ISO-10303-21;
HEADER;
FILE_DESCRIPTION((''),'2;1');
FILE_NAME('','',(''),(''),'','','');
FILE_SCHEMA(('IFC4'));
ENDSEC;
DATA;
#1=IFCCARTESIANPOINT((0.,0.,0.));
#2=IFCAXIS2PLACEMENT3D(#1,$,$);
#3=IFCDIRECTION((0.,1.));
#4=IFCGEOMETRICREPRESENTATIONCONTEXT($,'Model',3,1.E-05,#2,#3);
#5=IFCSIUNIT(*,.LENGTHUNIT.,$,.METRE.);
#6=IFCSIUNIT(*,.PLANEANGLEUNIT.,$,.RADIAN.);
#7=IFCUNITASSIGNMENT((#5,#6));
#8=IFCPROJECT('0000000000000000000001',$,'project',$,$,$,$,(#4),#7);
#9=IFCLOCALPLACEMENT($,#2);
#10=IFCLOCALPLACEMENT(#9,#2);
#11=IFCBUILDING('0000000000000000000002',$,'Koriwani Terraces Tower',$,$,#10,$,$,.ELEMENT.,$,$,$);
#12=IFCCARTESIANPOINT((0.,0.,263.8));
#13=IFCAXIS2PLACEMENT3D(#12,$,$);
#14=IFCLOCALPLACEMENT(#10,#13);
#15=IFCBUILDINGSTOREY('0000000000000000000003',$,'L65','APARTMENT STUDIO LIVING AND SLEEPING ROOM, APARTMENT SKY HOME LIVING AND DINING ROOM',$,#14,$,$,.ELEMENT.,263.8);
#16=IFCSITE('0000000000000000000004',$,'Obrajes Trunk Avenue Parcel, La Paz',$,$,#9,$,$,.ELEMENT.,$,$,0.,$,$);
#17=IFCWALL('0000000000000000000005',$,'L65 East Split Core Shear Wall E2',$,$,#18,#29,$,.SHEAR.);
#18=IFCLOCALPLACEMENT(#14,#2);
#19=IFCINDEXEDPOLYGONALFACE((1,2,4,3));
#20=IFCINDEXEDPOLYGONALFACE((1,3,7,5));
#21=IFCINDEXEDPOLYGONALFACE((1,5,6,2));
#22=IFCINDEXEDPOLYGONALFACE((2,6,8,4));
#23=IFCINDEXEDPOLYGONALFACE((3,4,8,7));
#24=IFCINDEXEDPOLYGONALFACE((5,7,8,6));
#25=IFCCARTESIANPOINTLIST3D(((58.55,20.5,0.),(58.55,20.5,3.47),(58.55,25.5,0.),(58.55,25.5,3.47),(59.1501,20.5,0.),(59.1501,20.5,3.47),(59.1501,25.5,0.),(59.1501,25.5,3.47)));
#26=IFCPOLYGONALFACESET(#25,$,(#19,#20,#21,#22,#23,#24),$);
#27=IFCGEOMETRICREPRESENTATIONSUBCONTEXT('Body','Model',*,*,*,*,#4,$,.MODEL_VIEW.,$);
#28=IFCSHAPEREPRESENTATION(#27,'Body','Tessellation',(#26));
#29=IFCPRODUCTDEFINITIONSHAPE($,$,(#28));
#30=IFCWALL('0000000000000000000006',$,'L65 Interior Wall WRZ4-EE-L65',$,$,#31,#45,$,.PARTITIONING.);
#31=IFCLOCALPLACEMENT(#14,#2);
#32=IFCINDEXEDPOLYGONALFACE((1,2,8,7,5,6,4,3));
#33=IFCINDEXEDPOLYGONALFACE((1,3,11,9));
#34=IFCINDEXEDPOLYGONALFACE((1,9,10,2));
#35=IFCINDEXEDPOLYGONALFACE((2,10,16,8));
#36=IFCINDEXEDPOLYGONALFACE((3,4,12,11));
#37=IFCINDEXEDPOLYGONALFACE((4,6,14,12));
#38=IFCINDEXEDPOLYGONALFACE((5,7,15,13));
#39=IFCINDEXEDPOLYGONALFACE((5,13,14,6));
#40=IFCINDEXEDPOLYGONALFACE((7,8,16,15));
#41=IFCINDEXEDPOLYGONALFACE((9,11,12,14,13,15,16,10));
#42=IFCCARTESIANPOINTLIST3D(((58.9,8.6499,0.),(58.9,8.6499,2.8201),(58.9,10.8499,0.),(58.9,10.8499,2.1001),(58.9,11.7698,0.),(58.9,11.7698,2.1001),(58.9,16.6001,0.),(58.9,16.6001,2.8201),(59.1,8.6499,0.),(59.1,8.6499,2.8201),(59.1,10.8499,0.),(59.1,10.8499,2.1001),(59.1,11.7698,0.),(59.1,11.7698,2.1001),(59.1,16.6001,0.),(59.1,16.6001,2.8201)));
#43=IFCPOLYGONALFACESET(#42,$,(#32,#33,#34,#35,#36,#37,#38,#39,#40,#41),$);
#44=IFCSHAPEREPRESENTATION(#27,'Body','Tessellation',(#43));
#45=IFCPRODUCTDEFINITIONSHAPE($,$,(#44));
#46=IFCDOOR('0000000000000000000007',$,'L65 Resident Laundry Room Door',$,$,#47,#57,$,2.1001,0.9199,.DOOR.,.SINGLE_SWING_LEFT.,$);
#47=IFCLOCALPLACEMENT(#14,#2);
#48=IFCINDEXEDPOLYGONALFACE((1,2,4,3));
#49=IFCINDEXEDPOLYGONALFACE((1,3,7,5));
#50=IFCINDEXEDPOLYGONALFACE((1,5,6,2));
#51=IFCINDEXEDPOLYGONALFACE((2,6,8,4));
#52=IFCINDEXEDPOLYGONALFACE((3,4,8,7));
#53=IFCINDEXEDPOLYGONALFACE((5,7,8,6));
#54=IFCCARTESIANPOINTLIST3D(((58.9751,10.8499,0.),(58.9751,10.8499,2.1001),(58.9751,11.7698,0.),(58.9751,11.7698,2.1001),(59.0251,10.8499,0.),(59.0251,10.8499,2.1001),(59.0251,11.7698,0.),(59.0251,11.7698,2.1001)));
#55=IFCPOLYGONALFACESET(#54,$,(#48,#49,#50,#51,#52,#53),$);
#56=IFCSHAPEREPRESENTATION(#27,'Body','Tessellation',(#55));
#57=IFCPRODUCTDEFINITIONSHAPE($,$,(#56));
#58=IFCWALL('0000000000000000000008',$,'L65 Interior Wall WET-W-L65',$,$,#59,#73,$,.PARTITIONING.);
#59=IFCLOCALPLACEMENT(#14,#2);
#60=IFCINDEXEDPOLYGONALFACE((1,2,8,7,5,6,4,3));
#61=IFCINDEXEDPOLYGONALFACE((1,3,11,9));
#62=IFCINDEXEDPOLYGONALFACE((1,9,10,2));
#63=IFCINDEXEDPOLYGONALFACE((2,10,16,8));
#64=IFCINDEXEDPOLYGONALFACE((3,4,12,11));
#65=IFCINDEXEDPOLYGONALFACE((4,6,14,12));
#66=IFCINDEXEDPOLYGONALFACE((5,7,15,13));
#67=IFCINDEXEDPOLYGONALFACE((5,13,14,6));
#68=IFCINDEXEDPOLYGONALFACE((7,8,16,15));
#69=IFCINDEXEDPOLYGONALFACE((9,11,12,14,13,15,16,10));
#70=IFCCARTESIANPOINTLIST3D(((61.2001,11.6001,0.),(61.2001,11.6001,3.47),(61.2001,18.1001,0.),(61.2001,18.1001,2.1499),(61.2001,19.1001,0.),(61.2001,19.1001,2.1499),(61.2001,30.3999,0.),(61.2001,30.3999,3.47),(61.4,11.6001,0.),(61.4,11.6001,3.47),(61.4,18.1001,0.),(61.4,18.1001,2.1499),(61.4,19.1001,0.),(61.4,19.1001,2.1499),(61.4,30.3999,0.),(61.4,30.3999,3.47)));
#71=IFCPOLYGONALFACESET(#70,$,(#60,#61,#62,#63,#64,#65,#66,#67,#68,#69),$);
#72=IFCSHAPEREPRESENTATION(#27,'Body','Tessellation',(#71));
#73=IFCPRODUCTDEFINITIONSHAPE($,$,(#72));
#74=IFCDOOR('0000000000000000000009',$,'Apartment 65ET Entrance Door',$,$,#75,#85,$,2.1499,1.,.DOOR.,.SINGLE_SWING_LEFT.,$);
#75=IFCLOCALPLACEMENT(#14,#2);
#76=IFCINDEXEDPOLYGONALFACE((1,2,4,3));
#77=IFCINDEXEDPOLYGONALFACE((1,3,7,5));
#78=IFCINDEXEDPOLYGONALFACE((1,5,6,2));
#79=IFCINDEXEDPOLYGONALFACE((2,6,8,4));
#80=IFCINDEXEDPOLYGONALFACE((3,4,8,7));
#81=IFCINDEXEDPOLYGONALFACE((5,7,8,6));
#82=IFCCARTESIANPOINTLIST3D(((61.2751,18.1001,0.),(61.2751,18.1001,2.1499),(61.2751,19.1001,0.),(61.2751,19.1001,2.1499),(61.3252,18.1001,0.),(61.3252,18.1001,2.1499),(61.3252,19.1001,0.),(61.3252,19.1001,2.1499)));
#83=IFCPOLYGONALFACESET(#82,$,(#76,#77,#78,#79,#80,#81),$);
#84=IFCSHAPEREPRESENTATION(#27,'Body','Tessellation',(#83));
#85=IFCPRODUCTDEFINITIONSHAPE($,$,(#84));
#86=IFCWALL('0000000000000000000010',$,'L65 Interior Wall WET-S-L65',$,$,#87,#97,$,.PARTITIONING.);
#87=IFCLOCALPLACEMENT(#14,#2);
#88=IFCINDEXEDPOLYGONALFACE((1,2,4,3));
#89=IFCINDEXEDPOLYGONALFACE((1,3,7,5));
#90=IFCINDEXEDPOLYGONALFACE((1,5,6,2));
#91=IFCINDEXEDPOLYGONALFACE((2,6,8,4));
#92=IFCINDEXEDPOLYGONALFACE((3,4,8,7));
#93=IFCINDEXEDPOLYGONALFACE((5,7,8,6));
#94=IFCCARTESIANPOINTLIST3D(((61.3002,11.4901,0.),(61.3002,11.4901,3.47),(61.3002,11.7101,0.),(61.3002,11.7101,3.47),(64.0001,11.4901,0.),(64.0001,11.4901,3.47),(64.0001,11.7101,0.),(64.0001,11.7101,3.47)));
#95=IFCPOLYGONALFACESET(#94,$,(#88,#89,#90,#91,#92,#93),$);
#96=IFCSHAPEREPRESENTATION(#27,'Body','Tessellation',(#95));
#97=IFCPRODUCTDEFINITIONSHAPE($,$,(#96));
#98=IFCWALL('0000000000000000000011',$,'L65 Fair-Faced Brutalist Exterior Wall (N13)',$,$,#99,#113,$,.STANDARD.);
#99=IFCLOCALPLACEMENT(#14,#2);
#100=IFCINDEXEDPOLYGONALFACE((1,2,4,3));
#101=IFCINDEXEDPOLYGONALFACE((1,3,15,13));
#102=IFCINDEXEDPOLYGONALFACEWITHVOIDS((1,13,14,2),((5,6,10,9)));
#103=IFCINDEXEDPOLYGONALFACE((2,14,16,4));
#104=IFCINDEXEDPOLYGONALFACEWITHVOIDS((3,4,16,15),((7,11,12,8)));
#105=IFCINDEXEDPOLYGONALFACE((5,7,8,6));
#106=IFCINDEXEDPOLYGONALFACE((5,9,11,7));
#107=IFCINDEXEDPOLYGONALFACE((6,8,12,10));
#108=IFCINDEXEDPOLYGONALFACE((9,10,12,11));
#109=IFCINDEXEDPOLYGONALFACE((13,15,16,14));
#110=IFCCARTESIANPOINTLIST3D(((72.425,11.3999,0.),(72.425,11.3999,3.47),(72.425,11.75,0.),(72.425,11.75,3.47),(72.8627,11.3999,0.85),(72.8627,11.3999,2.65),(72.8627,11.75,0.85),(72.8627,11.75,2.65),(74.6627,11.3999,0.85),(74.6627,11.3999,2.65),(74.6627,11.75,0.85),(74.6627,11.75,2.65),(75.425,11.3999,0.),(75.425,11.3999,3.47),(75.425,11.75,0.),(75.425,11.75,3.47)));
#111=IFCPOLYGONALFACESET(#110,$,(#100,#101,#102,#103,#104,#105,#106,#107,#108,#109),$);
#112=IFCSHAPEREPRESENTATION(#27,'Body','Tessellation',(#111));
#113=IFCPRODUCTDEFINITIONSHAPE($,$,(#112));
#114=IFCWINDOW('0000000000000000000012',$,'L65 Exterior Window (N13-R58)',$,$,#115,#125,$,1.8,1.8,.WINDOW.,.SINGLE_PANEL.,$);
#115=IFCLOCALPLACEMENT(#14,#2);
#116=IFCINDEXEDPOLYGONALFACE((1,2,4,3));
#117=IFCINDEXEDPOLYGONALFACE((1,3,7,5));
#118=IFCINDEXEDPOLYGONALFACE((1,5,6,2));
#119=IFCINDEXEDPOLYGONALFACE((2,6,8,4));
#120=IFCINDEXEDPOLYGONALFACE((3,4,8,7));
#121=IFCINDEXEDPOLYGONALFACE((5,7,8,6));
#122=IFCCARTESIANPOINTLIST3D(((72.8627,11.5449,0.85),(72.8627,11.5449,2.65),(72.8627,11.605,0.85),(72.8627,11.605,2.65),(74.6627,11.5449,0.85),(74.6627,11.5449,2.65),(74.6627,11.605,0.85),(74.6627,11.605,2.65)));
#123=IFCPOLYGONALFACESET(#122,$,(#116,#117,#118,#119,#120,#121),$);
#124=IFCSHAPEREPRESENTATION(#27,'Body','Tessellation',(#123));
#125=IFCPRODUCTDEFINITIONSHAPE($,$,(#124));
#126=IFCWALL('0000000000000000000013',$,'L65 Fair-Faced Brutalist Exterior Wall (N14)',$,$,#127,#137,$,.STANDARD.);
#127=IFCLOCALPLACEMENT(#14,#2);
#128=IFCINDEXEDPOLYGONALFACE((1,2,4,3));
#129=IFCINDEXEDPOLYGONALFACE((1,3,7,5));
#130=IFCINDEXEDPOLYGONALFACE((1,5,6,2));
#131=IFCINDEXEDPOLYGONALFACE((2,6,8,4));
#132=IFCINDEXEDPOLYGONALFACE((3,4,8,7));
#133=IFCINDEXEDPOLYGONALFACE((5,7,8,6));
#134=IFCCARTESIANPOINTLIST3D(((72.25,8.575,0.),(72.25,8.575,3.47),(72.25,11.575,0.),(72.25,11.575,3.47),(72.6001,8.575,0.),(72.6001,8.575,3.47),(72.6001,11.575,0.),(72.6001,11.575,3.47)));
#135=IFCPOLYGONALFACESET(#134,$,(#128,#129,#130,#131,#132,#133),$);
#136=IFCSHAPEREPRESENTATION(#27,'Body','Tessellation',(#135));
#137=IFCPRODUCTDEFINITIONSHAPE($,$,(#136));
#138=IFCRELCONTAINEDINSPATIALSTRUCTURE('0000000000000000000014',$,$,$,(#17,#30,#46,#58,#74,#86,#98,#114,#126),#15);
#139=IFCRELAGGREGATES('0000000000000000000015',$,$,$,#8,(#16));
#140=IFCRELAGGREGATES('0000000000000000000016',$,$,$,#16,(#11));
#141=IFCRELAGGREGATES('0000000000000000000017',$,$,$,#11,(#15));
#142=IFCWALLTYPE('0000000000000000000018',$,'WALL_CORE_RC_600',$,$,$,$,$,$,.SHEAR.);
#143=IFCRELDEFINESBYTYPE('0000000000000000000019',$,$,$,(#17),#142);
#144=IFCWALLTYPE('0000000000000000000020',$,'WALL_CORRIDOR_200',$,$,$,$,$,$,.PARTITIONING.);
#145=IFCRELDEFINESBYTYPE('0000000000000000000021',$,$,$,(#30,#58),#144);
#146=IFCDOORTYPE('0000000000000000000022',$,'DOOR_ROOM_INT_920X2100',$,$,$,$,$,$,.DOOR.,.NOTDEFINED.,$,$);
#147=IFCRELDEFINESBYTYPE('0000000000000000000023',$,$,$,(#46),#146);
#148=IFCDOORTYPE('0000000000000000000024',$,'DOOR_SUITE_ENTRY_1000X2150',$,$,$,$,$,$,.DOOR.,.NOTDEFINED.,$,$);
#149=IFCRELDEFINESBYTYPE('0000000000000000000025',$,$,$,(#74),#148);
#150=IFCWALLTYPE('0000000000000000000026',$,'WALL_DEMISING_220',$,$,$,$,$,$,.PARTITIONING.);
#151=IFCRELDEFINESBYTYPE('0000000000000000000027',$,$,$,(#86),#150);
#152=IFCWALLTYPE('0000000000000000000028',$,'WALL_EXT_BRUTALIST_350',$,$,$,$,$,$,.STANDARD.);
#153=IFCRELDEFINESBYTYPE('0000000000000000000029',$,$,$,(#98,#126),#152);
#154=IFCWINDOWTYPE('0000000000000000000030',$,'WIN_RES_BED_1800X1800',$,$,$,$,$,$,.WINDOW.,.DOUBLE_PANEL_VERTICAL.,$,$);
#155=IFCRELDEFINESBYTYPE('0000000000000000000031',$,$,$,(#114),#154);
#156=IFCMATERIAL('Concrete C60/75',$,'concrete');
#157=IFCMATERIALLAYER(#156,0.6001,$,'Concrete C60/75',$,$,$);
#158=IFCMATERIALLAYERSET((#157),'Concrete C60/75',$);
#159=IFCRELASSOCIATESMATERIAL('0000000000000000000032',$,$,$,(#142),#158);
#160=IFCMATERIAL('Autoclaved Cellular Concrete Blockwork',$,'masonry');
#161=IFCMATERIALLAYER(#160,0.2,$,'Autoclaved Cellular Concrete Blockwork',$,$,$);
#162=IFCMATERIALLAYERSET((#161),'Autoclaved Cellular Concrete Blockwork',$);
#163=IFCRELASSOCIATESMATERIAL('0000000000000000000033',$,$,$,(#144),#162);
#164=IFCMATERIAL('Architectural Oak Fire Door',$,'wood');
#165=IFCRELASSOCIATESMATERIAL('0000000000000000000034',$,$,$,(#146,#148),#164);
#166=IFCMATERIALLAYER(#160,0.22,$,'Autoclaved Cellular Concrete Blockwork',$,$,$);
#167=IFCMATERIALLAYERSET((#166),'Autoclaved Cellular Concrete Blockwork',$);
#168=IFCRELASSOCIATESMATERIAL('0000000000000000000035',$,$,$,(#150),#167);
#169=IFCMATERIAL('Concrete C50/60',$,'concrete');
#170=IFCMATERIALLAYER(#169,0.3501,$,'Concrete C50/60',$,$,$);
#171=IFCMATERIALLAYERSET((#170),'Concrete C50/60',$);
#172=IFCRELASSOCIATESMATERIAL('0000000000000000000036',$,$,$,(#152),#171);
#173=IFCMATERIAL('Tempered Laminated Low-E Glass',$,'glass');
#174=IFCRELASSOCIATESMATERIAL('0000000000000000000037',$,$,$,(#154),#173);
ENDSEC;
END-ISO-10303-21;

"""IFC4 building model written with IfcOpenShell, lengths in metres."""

from ifc_helpers import new_model, si_unit, direction, frame, frame_2d, origin, place, context, subcontext, project, spatial, rectangle, extrude, material, layer, layer_set, type_object, element, fill, save


model = new_model("IFC4")

# Units and contexts
model_context = context("Model", 3, precision=1e-05, world=origin(), true_north=direction((0.0, 1.0)))
body_context = subcontext(model_context, "Body", "Model", "MODEL_VIEW")
ifc_project = project(units=[si_unit("LENGTHUNIT", "METRE"), si_unit("PLANEANGLEUNIT", "RADIAN")], contexts=[model_context])

# Site, building, storey
site_placement = place(None, origin())
site = spatial("IfcSite", under=ifc_project, at=site_placement, Name="Obrajes Trunk Avenue Parcel, La Paz", CompositionType="ELEMENT", RefElevation=0.0)
building_placement = place(site_placement, origin())
building = spatial("IfcBuilding", under=site, at=building_placement, Name="Koriwani Terraces Tower", CompositionType="ELEMENT")
storey_placement = place(building_placement, frame((0.0, 0.0, 263.8)))
storey = spatial("IfcBuildingStorey", under=building, at=storey_placement, Name="L65", Description="APARTMENT STUDIO LIVING AND SLEEPING ROOM, APARTMENT SKY HOME LIVING AND DINING ROOM", CompositionType="ELEMENT", Elevation=263.8)

# Shared definitions
ifc_material_1 = material(Name="Concrete C50/60", Category="concrete")

# Wall
ifc_material_2 = material(Name="Concrete C60/75", Category="concrete")
ifc_layer_1 = layer(ifc_material_2, 0.6001, Name="Concrete C60/75")
ifc_layer_set_1 = layer_set([ifc_layer_1], Name="Concrete C60/75")
wall_type_1 = type_object("IfcWallType", Name="WALL_CORE_RC_600", PredefinedType="SHEAR", material=ifc_layer_set_1)
wall_1_placement = place(storey_placement, frame((58.8501, 20.5, 0.0), z_axis=(0.0, 0.0, 1.0), x_axis=(0.0, 1.0, 0.0)))
element("IfcWall", 1, at=wall_1_placement, inside=storey, type_object=wall_type_1, Name="L65 East Split Core Shear Wall E2", PredefinedType="SHEAR", context=body_context, shape_type="SweptSolid", body=[
    extrude(rectangle(XDim=5.0, YDim=0.6001, at=frame_2d((2.5, 0.0))), origin(), (0.0, 0.0, 1.0), 3.47),
])

# Walls, openings, doors
ifc_material_3 = material(Name="Autoclaved Cellular Concrete Blockwork", Category="masonry")
ifc_layer_2 = layer(ifc_material_3, 0.2, Name="Autoclaved Cellular Concrete Blockwork")
ifc_layer_set_2 = layer_set([ifc_layer_2], Name="Autoclaved Cellular Concrete Blockwork")
wall_type_2 = type_object("IfcWallType", Name="WALL_CORRIDOR_200", PredefinedType="PARTITIONING", material=ifc_layer_set_2)
wall_2_placement = place(storey_placement, frame((59.0, 8.6499, 0.0), z_axis=(0.0, 0.0, 1.0), x_axis=(0.0, 1.0, 0.0)))
wall_2 = element("IfcWall", 2, at=wall_2_placement, inside=storey, type_object=wall_type_2, Name="L65 Interior Wall WRZ4-EE-L65", PredefinedType="PARTITIONING", context=body_context, shape_type="SweptSolid", body=[
    extrude(rectangle(XDim=7.9502, YDim=0.2, at=frame_2d((3.9751, 0.0))), origin(), (0.0, 0.0, 1.0), 2.8201),
])
opening_1_placement = place(wall_2_placement, frame((2.2, 0.0, 0.0)))
opening_1 = element("IfcOpeningElement", 3, at=opening_1_placement, cuts=wall_2, PredefinedType="OPENING", context=body_context, shape_type="SweptSolid", body=[
    extrude(rectangle(XDim=0.9199, YDim=2.1001, at=frame_2d((0.46, 1.05))), frame((0.0, 0.1099, 0.0), z_axis=(0.0, -1.0, 0.0), x_axis=(1.0, 0.0, 0.0)), (0.0, 0.0, 1.0), 0.22),
])
ifc_material_4 = material(Name="Architectural Oak Fire Door", Category="wood")
door_type_1 = type_object("IfcDoorType", Name="DOOR_ROOM_INT_920X2100", OperationType="NOTDEFINED", PredefinedType="DOOR", material=ifc_material_4)
door_1_placement = place(opening_1_placement, origin())
door_1 = element("IfcDoor", 4, at=door_1_placement, inside=storey, type_object=door_type_1, Name="L65 Resident Laundry Room Door", OperationType="SINGLE_SWING_LEFT", OverallHeight=2.1001, OverallWidth=0.9199, PredefinedType="DOOR", context=body_context, shape_type="SweptSolid", body=[
    extrude(rectangle(XDim=0.9199, YDim=2.1001, at=frame_2d((0.46, 1.05))), frame((0.0, 0.0249, 0.0), z_axis=(0.0, -1.0, 0.0), x_axis=(1.0, 0.0, 0.0)), (0.0, 0.0, 1.0), 0.05),
])
fill(opening_1, door_1)
wall_3_placement = place(storey_placement, frame((61.3, 11.6001, 0.0), z_axis=(0.0, 0.0, 1.0), x_axis=(0.0, 1.0, 0.0)))
wall_3 = element("IfcWall", 5, at=wall_3_placement, inside=storey, type_object=wall_type_2, Name="L65 Interior Wall WET-W-L65", PredefinedType="PARTITIONING", context=body_context, shape_type="SweptSolid", body=[
    extrude(rectangle(XDim=18.7998, YDim=0.2, at=frame_2d((9.3999, 0.0))), origin(), (0.0, 0.0, 1.0), 3.47),
])
opening_2_placement = place(wall_3_placement, frame((6.5, 0.0, 0.0)))
opening_2 = element("IfcOpeningElement", 6, at=opening_2_placement, cuts=wall_3, PredefinedType="OPENING", context=body_context, shape_type="SweptSolid", body=[
    extrude(rectangle(XDim=1.0, YDim=2.1499, at=frame_2d((0.5, 1.075))), frame((0.0, 0.1099, 0.0), z_axis=(0.0, -1.0, 0.0), x_axis=(1.0, 0.0, 0.0)), (0.0, 0.0, 1.0), 0.22),
])
door_type_2 = type_object("IfcDoorType", Name="DOOR_SUITE_ENTRY_1000X2150", OperationType="NOTDEFINED", PredefinedType="DOOR", material=ifc_material_4)
door_2_placement = place(opening_2_placement, origin())
door_2 = element("IfcDoor", 7, at=door_2_placement, inside=storey, type_object=door_type_2, Name="Apartment 65ET Entrance Door", OperationType="SINGLE_SWING_LEFT", OverallHeight=2.1499, OverallWidth=1.0, PredefinedType="DOOR", context=body_context, shape_type="SweptSolid", body=[
    extrude(rectangle(XDim=1.0, YDim=2.1499, at=frame_2d((0.5, 1.075))), frame((0.0, 0.0249, 0.0), z_axis=(0.0, -1.0, 0.0), x_axis=(1.0, 0.0, 0.0)), (0.0, 0.0, 1.0), 0.05),
])
fill(opening_2, door_2)

# Wall
ifc_layer_3 = layer(ifc_material_3, 0.22, Name="Autoclaved Cellular Concrete Blockwork")
ifc_layer_set_3 = layer_set([ifc_layer_3], Name="Autoclaved Cellular Concrete Blockwork")
wall_type_3 = type_object("IfcWallType", Name="WALL_DEMISING_220", PredefinedType="PARTITIONING", material=ifc_layer_set_3)
wall_4_placement = place(storey_placement, frame((61.3, 11.6001, 0.0), z_axis=(0.0, 0.0, 1.0), x_axis=(1.0, 0.0, 0.0)))
element("IfcWall", 8, at=wall_4_placement, inside=storey, type_object=wall_type_3, Name="L65 Interior Wall WET-S-L65", PredefinedType="PARTITIONING", context=body_context, shape_type="SweptSolid", body=[
    extrude(rectangle(XDim=2.7, YDim=0.22, at=frame_2d((1.3501, 0.0))), origin(), (0.0, 0.0, 1.0), 3.47),
])

# Wall, opening, window
ifc_layer_4 = layer(ifc_material_1, 0.3501, Name="Concrete C50/60")
ifc_layer_set_4 = layer_set([ifc_layer_4], Name="Concrete C50/60")
wall_type_4 = type_object("IfcWallType", Name="WALL_EXT_BRUTALIST_350", PredefinedType="STANDARD", material=ifc_layer_set_4)
wall_5_placement = place(storey_placement, frame((75.425, 11.575, 0.0), z_axis=(0.0, 0.0, 1.0), x_axis=(-1.0, 0.0, 0.0)))
wall_5 = element("IfcWall", 9, at=wall_5_placement, inside=storey, type_object=wall_type_4, Name="L65 Fair-Faced Brutalist Exterior Wall (N13)", PredefinedType="STANDARD", context=body_context, shape_type="SweptSolid", body=[
    extrude(rectangle(XDim=3.0, YDim=0.3501, at=frame_2d((1.5, 0.0))), origin(), (0.0, 0.0, 1.0), 3.47),
])
opening_3_placement = place(wall_5_placement, frame((0.7625, 0.0, 0.8501)))
opening_3 = element("IfcOpeningElement", 10, at=opening_3_placement, cuts=wall_5, PredefinedType="OPENING", context=body_context, shape_type="SweptSolid", body=[
    extrude(rectangle(XDim=1.8, YDim=1.8, at=frame_2d((0.8999, 0.8999))), frame((0.0, 0.1851, 0.0), z_axis=(0.0, -1.0, 0.0), x_axis=(1.0, 0.0, 0.0)), (0.0, 0.0, 1.0), 0.3701),
])
ifc_material_5 = material(Name="Tempered Laminated Low-E Glass", Category="glass")
window_type_1 = type_object("IfcWindowType", Name="WIN_RES_BED_1800X1800", PartitioningType="DOUBLE_PANEL_VERTICAL", PredefinedType="WINDOW", material=ifc_material_5)
window_1_placement = place(opening_3_placement, origin())
window_1 = element("IfcWindow", 11, at=window_1_placement, inside=storey, type_object=window_type_1, Name="L65 Exterior Window (N13-R58)", OverallHeight=1.8, OverallWidth=1.8, PartitioningType="SINGLE_PANEL", PredefinedType="WINDOW", context=body_context, shape_type="SweptSolid", body=[
    extrude(rectangle(XDim=1.8, YDim=1.8, at=frame_2d((0.8999, 0.8999))), frame((0.0, 0.03, 0.0), z_axis=(0.0, -1.0, 0.0), x_axis=(1.0, 0.0, 0.0)), (0.0, 0.0, 1.0), 0.0601),
])
fill(opening_3, window_1)

# Wall
wall_6_placement = place(storey_placement, frame((72.425, 11.575, 0.0), z_axis=(0.0, 0.0, 1.0), x_axis=(0.0, -1.0, 0.0)))
element("IfcWall", 12, at=wall_6_placement, inside=storey, type_object=wall_type_4, Name="L65 Fair-Faced Brutalist Exterior Wall (N14)", PredefinedType="STANDARD", context=body_context, shape_type="SweptSolid", body=[
    extrude(rectangle(XDim=3.0, YDim=0.3501, at=frame_2d((1.5, 0.0))), origin(), (0.0, 0.0, 1.0), 3.47),
])

save(model, "model.ifc")
